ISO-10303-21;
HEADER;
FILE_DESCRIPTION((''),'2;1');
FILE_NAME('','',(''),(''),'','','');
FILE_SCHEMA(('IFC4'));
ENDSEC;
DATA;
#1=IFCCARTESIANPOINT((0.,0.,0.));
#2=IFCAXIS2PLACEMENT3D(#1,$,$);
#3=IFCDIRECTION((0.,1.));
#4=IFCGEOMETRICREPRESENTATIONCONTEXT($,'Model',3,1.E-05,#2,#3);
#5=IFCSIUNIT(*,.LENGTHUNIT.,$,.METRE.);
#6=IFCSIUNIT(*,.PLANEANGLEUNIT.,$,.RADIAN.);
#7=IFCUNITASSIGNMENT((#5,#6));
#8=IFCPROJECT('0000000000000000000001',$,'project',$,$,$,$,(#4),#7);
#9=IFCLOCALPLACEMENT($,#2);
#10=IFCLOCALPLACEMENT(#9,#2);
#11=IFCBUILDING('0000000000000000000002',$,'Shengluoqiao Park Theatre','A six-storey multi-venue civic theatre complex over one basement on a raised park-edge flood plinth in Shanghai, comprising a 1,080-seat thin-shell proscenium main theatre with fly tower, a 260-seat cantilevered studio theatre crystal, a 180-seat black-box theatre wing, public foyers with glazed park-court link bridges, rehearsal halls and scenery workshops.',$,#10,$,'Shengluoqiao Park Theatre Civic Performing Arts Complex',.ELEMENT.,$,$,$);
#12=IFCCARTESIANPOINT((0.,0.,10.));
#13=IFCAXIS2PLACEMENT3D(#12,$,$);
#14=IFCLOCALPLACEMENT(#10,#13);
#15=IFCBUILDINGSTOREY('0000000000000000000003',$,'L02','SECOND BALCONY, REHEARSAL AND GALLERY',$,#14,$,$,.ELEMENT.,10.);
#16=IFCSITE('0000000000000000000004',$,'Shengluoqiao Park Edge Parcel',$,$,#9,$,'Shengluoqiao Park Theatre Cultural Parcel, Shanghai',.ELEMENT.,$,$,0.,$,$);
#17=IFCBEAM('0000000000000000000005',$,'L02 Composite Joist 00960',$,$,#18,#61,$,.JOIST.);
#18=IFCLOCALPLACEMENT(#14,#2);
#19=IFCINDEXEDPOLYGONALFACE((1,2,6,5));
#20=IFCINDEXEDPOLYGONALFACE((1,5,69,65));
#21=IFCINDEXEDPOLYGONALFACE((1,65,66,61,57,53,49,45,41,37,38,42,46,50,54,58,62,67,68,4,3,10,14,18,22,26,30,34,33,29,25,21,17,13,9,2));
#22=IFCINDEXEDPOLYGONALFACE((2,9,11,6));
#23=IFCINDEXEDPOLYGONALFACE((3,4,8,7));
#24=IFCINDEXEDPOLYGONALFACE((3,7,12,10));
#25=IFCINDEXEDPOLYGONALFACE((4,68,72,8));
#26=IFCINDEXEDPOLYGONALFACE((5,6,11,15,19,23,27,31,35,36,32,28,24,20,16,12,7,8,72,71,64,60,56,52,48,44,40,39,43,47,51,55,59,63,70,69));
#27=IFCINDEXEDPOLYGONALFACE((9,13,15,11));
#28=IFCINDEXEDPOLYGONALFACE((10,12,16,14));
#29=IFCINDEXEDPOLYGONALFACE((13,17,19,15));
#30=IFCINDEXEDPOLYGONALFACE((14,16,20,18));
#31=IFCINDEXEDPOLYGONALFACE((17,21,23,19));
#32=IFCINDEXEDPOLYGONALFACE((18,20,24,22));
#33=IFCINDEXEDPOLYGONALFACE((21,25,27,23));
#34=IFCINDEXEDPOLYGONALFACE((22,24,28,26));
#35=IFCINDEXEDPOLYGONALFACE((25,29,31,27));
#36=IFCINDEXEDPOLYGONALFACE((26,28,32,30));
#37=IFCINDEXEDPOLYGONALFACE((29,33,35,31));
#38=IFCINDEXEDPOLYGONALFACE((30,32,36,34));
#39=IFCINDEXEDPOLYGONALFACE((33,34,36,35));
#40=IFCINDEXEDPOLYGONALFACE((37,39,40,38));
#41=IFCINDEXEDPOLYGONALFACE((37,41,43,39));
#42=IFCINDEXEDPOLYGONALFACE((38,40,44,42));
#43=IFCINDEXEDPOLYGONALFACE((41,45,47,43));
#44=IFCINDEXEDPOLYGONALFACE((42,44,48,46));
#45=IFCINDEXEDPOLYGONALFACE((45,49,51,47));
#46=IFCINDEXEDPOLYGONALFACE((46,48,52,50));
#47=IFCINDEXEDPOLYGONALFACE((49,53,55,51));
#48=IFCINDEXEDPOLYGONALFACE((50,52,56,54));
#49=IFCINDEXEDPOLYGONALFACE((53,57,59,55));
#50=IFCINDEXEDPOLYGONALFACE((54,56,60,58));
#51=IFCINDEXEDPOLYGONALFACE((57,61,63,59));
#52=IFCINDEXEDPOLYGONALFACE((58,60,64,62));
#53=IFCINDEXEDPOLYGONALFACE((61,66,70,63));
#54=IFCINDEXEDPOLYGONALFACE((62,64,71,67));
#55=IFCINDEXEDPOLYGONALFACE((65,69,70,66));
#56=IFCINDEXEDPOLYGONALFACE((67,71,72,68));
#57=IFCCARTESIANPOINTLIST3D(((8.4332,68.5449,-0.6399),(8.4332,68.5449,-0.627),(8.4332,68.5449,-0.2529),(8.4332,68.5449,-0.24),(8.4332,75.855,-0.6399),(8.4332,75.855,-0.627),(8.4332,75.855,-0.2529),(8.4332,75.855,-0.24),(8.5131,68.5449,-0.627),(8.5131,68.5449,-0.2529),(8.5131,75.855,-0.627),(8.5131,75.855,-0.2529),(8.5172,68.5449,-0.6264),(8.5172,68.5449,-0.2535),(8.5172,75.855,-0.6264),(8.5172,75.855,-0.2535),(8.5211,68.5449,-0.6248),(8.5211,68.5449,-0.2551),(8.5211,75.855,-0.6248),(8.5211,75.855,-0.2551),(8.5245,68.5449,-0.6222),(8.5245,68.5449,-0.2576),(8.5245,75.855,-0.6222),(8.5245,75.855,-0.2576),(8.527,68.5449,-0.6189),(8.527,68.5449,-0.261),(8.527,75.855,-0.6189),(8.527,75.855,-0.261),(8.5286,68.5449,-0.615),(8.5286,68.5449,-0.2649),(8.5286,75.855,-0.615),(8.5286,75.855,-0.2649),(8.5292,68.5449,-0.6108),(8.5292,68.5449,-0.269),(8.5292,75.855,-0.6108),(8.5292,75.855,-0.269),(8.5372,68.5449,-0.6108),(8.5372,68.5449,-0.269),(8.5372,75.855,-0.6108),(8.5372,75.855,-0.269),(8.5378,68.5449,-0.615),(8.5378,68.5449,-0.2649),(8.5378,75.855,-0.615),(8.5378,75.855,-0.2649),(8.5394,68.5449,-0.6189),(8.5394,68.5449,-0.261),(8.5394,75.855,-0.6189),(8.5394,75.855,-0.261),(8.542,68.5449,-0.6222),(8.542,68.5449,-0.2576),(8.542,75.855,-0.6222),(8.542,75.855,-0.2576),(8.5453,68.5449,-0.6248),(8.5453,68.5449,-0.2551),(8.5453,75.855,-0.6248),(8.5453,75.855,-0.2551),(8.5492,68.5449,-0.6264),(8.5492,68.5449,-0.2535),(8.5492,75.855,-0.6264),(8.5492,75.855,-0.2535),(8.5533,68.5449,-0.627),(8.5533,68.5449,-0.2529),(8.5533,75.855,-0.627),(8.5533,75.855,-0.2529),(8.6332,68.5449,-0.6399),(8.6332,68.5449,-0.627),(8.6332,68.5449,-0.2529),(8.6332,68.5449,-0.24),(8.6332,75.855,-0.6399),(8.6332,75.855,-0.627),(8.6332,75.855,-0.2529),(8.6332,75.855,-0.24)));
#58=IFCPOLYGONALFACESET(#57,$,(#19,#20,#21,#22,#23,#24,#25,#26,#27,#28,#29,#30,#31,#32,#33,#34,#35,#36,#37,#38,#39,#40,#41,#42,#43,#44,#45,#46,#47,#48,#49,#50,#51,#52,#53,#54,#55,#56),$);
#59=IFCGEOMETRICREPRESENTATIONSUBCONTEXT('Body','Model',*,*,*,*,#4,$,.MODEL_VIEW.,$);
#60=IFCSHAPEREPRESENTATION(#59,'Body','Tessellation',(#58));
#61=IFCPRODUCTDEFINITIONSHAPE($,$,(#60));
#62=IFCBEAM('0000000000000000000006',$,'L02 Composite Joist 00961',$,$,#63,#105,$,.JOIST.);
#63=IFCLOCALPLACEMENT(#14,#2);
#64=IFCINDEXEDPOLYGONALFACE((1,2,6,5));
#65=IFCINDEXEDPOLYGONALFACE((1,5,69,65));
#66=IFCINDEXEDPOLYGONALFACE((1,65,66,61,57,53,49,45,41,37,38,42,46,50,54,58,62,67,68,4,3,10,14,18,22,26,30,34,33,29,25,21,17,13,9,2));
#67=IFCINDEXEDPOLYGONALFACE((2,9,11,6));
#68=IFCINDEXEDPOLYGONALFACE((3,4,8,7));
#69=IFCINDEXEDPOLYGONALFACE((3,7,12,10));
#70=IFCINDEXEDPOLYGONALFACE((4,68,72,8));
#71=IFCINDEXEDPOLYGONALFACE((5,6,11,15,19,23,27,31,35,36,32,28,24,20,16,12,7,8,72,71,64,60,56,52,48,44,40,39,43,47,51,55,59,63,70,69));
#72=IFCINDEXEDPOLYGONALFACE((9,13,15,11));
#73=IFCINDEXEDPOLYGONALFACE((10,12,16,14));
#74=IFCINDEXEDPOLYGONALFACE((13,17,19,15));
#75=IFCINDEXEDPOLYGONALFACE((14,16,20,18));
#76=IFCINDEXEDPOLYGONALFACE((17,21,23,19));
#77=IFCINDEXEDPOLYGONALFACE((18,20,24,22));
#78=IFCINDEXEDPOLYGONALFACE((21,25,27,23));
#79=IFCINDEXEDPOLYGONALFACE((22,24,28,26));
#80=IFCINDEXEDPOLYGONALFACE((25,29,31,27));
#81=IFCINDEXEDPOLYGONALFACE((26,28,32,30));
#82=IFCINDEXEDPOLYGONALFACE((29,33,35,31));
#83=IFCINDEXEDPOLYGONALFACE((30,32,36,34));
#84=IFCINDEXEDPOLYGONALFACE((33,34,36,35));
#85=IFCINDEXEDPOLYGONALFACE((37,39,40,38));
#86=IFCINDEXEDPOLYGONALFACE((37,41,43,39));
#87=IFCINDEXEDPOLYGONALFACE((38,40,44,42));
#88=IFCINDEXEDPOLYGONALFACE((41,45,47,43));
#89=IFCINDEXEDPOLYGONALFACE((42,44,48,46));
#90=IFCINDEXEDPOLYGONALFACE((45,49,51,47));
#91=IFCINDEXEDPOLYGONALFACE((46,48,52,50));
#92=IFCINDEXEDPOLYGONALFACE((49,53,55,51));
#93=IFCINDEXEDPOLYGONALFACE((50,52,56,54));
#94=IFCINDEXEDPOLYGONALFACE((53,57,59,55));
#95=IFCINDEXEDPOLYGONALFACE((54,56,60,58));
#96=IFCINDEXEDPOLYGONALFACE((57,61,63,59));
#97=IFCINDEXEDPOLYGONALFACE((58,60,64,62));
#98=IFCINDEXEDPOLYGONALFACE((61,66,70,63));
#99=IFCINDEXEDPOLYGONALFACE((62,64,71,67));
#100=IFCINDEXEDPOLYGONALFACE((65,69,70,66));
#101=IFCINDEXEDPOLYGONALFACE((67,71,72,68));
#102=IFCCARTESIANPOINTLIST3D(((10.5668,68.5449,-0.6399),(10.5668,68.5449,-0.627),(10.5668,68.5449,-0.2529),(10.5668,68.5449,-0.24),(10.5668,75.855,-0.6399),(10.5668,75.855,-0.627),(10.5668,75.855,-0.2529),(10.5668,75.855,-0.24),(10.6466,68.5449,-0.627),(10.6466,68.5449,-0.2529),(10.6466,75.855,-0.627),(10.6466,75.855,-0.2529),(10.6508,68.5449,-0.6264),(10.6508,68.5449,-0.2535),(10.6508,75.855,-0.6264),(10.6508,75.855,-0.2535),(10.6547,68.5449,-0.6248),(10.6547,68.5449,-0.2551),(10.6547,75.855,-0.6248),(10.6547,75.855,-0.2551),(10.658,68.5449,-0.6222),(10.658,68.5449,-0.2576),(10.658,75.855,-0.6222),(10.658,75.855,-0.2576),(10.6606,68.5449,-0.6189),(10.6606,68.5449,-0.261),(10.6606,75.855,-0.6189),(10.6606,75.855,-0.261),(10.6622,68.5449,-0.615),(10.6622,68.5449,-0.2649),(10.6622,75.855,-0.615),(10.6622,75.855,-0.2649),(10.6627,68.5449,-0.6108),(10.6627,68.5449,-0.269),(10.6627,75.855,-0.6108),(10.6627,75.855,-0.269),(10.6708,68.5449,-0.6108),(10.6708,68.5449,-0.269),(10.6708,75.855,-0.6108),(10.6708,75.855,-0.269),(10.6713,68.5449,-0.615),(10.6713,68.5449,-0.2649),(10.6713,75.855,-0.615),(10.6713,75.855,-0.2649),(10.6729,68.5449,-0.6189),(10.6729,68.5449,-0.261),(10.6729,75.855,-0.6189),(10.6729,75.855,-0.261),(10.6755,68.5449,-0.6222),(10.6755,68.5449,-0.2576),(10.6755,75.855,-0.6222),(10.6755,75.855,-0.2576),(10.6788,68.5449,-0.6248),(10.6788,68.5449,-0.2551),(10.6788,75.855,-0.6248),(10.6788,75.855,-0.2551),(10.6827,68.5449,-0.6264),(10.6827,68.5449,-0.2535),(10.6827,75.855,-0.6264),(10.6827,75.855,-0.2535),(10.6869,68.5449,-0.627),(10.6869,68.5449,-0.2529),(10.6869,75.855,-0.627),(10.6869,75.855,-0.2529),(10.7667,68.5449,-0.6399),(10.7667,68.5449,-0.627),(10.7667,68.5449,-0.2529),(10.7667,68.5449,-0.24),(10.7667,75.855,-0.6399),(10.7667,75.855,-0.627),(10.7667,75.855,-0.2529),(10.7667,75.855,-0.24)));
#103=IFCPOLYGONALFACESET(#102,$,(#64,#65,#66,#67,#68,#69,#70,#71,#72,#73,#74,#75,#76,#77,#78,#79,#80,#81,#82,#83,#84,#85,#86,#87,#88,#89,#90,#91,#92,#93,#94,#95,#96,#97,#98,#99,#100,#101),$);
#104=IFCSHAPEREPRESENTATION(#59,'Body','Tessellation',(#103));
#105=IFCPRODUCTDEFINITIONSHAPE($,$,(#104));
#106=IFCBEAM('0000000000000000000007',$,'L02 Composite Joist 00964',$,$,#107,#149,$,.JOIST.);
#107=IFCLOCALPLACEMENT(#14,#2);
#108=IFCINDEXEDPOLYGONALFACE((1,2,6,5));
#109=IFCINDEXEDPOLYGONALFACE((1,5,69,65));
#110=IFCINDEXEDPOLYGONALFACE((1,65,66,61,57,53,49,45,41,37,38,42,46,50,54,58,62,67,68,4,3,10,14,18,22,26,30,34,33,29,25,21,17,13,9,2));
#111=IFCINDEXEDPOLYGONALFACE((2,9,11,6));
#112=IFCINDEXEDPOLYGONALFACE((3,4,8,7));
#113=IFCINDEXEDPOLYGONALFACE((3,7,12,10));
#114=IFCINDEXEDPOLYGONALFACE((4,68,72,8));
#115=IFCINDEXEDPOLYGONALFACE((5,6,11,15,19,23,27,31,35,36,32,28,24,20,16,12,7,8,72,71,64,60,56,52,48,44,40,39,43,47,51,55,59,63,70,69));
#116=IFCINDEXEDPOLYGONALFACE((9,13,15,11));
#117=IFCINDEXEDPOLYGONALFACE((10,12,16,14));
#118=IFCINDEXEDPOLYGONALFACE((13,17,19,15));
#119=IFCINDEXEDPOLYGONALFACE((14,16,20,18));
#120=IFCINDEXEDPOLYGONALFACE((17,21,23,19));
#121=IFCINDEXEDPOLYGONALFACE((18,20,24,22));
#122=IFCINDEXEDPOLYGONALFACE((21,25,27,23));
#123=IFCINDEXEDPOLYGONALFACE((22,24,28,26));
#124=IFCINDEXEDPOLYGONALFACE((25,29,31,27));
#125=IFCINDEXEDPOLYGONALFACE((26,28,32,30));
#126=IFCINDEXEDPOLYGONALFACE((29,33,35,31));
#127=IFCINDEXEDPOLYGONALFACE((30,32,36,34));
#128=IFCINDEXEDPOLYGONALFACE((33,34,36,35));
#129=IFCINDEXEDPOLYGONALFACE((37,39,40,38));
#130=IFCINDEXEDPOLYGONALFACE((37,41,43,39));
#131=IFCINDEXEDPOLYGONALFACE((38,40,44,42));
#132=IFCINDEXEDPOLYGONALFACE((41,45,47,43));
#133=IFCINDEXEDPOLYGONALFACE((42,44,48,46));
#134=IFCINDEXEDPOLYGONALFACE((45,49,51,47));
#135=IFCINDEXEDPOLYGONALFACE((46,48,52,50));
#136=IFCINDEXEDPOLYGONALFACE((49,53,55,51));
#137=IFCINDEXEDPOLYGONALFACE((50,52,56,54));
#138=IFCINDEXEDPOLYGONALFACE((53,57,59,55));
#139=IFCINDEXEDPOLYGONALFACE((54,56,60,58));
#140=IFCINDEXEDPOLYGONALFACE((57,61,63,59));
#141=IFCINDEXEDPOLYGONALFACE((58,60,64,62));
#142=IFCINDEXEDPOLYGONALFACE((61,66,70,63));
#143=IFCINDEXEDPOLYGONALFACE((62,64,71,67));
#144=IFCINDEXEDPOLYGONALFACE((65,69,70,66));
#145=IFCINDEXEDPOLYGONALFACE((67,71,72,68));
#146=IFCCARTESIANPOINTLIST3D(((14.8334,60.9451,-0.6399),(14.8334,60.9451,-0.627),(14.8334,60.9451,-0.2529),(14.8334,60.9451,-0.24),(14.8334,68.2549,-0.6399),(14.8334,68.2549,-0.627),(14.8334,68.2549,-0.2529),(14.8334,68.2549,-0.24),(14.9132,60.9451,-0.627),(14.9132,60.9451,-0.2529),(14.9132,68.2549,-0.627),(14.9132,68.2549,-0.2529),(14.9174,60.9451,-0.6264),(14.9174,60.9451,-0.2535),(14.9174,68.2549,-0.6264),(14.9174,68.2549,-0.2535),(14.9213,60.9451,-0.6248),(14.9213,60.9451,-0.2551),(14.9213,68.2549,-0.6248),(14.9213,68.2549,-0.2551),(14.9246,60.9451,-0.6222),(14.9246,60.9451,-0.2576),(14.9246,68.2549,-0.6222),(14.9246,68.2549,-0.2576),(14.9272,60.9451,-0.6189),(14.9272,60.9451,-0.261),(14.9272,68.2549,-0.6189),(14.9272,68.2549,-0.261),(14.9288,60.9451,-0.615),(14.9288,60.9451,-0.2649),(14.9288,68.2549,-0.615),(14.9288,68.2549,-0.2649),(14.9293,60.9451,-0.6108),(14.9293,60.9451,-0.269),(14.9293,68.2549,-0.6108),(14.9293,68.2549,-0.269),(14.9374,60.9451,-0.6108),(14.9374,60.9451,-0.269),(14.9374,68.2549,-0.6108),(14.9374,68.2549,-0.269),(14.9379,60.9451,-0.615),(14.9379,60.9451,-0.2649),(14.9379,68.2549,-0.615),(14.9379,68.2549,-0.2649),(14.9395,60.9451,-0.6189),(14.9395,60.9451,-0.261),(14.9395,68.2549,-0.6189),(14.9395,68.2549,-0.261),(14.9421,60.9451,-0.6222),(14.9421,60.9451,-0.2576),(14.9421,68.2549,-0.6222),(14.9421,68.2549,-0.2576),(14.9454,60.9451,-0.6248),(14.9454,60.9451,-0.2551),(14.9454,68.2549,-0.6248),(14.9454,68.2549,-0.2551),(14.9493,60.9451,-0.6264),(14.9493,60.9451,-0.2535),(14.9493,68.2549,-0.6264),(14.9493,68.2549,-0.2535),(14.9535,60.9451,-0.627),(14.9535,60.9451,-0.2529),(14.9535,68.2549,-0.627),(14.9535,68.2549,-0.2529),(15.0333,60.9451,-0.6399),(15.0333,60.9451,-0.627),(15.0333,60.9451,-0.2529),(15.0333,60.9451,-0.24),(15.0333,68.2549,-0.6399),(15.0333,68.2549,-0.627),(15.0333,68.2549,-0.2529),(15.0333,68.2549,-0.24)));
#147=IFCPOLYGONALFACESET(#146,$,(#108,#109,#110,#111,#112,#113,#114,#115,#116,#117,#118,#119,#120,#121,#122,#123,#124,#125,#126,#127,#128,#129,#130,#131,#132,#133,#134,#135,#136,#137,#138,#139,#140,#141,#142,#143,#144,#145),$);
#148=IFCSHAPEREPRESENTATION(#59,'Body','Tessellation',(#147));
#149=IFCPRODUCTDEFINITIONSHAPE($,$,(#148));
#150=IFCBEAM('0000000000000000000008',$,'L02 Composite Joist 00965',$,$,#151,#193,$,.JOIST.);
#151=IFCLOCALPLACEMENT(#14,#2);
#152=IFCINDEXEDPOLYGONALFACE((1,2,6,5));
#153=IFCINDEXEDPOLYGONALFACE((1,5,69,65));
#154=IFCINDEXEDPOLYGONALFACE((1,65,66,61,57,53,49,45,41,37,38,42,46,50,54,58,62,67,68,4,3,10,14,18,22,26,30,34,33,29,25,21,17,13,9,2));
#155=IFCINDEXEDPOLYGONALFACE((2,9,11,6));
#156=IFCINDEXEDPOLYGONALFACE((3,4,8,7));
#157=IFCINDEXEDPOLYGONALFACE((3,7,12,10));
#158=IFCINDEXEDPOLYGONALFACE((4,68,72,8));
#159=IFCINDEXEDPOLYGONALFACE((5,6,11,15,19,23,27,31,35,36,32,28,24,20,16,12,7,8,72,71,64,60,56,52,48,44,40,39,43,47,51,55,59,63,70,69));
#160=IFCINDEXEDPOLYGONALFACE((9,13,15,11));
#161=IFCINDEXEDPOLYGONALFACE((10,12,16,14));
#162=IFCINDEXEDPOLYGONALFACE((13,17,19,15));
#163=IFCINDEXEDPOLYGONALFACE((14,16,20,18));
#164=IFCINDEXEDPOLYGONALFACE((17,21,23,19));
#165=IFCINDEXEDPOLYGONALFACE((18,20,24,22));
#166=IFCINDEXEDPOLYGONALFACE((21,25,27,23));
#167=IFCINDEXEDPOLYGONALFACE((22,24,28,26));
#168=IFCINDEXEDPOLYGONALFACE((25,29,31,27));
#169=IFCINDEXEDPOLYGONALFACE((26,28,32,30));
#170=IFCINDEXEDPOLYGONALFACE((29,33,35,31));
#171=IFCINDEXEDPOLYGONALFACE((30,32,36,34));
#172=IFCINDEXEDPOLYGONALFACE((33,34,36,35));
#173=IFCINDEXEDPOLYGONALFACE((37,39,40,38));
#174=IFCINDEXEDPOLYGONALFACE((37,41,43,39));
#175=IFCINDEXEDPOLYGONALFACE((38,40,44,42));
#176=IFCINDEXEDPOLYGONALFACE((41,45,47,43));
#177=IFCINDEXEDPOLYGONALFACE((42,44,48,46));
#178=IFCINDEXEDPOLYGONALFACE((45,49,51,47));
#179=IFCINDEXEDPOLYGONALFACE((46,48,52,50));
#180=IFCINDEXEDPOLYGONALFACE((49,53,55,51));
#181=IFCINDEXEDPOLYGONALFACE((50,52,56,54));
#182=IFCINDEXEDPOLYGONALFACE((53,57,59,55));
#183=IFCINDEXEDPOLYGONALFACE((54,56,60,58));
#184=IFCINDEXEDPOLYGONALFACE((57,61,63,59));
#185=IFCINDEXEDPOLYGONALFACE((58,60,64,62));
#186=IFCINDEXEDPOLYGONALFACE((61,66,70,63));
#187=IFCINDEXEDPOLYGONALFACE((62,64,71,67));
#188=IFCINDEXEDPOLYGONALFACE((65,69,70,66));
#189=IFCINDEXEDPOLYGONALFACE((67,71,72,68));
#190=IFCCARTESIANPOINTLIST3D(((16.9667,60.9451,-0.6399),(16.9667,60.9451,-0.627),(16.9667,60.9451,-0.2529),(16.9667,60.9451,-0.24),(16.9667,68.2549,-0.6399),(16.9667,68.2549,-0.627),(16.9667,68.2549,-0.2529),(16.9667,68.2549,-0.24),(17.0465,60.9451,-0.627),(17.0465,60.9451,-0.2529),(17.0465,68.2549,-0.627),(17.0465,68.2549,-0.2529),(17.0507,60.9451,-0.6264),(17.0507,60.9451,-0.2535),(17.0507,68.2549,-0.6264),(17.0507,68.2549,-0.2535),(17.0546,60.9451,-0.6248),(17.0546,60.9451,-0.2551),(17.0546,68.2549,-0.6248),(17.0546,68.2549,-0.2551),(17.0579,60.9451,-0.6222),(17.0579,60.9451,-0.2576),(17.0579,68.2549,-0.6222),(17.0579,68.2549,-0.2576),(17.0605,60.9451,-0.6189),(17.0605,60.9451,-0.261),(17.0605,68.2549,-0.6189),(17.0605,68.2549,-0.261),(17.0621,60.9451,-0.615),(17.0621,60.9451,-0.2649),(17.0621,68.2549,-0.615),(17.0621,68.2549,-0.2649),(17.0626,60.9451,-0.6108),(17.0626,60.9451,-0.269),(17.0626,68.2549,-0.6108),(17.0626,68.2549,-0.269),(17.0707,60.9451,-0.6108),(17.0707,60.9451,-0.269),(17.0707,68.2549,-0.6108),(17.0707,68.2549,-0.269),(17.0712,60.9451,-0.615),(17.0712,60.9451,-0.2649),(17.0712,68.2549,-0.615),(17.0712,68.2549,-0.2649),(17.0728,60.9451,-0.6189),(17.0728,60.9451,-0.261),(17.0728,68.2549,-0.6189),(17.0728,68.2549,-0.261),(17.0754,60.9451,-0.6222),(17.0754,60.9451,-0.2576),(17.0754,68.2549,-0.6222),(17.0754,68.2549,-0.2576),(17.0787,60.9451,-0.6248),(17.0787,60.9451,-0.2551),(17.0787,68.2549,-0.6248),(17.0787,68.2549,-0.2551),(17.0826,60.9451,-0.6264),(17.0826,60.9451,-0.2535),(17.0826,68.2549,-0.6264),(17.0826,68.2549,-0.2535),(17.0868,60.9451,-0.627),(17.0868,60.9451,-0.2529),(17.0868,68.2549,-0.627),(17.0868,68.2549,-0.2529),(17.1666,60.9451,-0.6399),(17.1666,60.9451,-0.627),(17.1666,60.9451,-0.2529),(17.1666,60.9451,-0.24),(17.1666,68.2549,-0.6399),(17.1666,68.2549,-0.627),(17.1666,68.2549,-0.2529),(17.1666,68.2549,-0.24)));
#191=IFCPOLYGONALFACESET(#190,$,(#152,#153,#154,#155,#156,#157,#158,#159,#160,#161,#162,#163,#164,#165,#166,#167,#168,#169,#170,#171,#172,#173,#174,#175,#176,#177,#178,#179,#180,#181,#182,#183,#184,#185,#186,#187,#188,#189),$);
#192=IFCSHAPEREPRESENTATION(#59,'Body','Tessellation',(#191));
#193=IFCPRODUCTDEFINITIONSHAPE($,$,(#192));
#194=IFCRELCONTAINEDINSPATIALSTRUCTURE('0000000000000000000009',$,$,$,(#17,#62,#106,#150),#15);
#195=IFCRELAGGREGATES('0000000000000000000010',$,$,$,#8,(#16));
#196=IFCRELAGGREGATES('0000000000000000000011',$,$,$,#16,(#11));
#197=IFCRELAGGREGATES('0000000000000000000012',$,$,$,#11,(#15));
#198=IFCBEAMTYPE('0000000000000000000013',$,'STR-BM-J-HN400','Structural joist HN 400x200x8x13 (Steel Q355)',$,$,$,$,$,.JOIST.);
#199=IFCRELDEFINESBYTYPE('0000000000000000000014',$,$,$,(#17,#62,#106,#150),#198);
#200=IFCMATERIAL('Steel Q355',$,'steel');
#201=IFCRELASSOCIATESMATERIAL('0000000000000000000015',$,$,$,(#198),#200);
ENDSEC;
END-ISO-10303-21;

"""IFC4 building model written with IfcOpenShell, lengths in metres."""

from ifc_helpers import new_model, si_unit, direction, frame, origin, origin_2d, place, context, subcontext, project, spatial, i_section, extrude, material, material_profile, profile_set, type_object, element, save


model = new_model("IFC4")

# Units and contexts
model_context = context("Model", 3, precision=1e-05, world=origin(), true_north=direction((0.0, 1.0)))
body_context = subcontext(model_context, "Body", "Model", "MODEL_VIEW")
ifc_project = project(units=[si_unit("LENGTHUNIT", "METRE"), si_unit("PLANEANGLEUNIT", "RADIAN")], contexts=[model_context])

# Site, building, storey
site_placement = place(None, origin())
site = spatial("IfcSite", under=ifc_project, at=site_placement, Name="Shengluoqiao Park Edge Parcel", LongName="Shengluoqiao Park Theatre Cultural Parcel, Shanghai", CompositionType="ELEMENT", RefElevation=0.0)
building_placement = place(site_placement, origin())
building = spatial("IfcBuilding", under=site, at=building_placement, Name="Shengluoqiao Park Theatre", Description="A six-storey multi-venue civic theatre complex over one basement on a raised park-edge flood plinth in Shanghai, comprising a 1,080-seat thin-shell proscenium main theatre with fly tower, a 260-seat cantilevered studio theatre crystal, a 180-seat black-box theatre wing, public foyers with glazed park-court link bridges, rehearsal halls and scenery workshops.", LongName="Shengluoqiao Park Theatre Civic Performing Arts Complex", CompositionType="ELEMENT")
storey_placement = place(building_placement, frame((0.0, 0.0, 10.0)))
storey = spatial("IfcBuildingStorey", under=building, at=storey_placement, Name="L02", Description="SECOND BALCONY, REHEARSAL AND GALLERY", CompositionType="ELEMENT", Elevation=10.0)

# Beams
ifc_material_1 = material(Name="Steel Q355", Category="steel")
ifc_material_profile_1 = material_profile(ifc_material_1, i_section(OverallWidth=0.2, OverallDepth=0.3999, WebThickness=0.0081, FlangeThickness=0.0129, FilletRadius=0.0161, at=origin_2d()), Name="HN 400x200x8x13")
ifc_profile_set_1 = profile_set([ifc_material_profile_1], Name="Steel Q355")
beam_type_1 = type_object("IfcBeamType", Name="STR-BM-J-HN400", Description="Structural joist HN 400x200x8x13 (Steel Q355)", PredefinedType="JOIST", material=ifc_profile_set_1)
for number, where, z_axis, x_axis, name in (
    (1, (8.5332, 68.5449, -0.4399), (0.0, 1.0, 0.0), (-1.0, 0.0, 0.0), "L02 Composite Joist 00960"),
    (2, (10.6667, 68.5449, -0.4399), (0.0, 1.0, 0.0), (-1.0, 0.0, 0.0), "L02 Composite Joist 00961"),
):
    element("IfcBeam", number, at=place(storey_placement, frame(where, z_axis=z_axis, x_axis=x_axis)), inside=storey, type_object=beam_type_1, Name=name, PredefinedType="JOIST", context=body_context, shape_type="SweptSolid", body=[
        extrude(i_section(OverallWidth=0.2, OverallDepth=0.3999, WebThickness=0.0081, FlangeThickness=0.0129, FilletRadius=0.0161, at=origin_2d()), origin(), (0.0, 0.0, 1.0), 7.3101),
    ])
for number, where, z_axis, x_axis, name in (
    (3, (14.9333, 60.9451, -0.4399), (0.0, 1.0, 0.0), (-1.0, 0.0, 0.0), "L02 Composite Joist 00964"),
    (4, (17.0667, 60.9451, -0.4399), (0.0, 1.0, 0.0), (-1.0, 0.0, 0.0), "L02 Composite Joist 00965"),
):
    element("IfcBeam", number, at=place(storey_placement, frame(where, z_axis=z_axis, x_axis=x_axis)), inside=storey, type_object=beam_type_1, Name=name, PredefinedType="JOIST", context=body_context, shape_type="SweptSolid", body=[
        extrude(i_section(OverallWidth=0.2, OverallDepth=0.3999, WebThickness=0.0081, FlangeThickness=0.0129, FilletRadius=0.0161, at=origin_2d()), origin(), (0.0, 0.0, 1.0), 7.3098),
    ])

save(model, "model.ifc")
